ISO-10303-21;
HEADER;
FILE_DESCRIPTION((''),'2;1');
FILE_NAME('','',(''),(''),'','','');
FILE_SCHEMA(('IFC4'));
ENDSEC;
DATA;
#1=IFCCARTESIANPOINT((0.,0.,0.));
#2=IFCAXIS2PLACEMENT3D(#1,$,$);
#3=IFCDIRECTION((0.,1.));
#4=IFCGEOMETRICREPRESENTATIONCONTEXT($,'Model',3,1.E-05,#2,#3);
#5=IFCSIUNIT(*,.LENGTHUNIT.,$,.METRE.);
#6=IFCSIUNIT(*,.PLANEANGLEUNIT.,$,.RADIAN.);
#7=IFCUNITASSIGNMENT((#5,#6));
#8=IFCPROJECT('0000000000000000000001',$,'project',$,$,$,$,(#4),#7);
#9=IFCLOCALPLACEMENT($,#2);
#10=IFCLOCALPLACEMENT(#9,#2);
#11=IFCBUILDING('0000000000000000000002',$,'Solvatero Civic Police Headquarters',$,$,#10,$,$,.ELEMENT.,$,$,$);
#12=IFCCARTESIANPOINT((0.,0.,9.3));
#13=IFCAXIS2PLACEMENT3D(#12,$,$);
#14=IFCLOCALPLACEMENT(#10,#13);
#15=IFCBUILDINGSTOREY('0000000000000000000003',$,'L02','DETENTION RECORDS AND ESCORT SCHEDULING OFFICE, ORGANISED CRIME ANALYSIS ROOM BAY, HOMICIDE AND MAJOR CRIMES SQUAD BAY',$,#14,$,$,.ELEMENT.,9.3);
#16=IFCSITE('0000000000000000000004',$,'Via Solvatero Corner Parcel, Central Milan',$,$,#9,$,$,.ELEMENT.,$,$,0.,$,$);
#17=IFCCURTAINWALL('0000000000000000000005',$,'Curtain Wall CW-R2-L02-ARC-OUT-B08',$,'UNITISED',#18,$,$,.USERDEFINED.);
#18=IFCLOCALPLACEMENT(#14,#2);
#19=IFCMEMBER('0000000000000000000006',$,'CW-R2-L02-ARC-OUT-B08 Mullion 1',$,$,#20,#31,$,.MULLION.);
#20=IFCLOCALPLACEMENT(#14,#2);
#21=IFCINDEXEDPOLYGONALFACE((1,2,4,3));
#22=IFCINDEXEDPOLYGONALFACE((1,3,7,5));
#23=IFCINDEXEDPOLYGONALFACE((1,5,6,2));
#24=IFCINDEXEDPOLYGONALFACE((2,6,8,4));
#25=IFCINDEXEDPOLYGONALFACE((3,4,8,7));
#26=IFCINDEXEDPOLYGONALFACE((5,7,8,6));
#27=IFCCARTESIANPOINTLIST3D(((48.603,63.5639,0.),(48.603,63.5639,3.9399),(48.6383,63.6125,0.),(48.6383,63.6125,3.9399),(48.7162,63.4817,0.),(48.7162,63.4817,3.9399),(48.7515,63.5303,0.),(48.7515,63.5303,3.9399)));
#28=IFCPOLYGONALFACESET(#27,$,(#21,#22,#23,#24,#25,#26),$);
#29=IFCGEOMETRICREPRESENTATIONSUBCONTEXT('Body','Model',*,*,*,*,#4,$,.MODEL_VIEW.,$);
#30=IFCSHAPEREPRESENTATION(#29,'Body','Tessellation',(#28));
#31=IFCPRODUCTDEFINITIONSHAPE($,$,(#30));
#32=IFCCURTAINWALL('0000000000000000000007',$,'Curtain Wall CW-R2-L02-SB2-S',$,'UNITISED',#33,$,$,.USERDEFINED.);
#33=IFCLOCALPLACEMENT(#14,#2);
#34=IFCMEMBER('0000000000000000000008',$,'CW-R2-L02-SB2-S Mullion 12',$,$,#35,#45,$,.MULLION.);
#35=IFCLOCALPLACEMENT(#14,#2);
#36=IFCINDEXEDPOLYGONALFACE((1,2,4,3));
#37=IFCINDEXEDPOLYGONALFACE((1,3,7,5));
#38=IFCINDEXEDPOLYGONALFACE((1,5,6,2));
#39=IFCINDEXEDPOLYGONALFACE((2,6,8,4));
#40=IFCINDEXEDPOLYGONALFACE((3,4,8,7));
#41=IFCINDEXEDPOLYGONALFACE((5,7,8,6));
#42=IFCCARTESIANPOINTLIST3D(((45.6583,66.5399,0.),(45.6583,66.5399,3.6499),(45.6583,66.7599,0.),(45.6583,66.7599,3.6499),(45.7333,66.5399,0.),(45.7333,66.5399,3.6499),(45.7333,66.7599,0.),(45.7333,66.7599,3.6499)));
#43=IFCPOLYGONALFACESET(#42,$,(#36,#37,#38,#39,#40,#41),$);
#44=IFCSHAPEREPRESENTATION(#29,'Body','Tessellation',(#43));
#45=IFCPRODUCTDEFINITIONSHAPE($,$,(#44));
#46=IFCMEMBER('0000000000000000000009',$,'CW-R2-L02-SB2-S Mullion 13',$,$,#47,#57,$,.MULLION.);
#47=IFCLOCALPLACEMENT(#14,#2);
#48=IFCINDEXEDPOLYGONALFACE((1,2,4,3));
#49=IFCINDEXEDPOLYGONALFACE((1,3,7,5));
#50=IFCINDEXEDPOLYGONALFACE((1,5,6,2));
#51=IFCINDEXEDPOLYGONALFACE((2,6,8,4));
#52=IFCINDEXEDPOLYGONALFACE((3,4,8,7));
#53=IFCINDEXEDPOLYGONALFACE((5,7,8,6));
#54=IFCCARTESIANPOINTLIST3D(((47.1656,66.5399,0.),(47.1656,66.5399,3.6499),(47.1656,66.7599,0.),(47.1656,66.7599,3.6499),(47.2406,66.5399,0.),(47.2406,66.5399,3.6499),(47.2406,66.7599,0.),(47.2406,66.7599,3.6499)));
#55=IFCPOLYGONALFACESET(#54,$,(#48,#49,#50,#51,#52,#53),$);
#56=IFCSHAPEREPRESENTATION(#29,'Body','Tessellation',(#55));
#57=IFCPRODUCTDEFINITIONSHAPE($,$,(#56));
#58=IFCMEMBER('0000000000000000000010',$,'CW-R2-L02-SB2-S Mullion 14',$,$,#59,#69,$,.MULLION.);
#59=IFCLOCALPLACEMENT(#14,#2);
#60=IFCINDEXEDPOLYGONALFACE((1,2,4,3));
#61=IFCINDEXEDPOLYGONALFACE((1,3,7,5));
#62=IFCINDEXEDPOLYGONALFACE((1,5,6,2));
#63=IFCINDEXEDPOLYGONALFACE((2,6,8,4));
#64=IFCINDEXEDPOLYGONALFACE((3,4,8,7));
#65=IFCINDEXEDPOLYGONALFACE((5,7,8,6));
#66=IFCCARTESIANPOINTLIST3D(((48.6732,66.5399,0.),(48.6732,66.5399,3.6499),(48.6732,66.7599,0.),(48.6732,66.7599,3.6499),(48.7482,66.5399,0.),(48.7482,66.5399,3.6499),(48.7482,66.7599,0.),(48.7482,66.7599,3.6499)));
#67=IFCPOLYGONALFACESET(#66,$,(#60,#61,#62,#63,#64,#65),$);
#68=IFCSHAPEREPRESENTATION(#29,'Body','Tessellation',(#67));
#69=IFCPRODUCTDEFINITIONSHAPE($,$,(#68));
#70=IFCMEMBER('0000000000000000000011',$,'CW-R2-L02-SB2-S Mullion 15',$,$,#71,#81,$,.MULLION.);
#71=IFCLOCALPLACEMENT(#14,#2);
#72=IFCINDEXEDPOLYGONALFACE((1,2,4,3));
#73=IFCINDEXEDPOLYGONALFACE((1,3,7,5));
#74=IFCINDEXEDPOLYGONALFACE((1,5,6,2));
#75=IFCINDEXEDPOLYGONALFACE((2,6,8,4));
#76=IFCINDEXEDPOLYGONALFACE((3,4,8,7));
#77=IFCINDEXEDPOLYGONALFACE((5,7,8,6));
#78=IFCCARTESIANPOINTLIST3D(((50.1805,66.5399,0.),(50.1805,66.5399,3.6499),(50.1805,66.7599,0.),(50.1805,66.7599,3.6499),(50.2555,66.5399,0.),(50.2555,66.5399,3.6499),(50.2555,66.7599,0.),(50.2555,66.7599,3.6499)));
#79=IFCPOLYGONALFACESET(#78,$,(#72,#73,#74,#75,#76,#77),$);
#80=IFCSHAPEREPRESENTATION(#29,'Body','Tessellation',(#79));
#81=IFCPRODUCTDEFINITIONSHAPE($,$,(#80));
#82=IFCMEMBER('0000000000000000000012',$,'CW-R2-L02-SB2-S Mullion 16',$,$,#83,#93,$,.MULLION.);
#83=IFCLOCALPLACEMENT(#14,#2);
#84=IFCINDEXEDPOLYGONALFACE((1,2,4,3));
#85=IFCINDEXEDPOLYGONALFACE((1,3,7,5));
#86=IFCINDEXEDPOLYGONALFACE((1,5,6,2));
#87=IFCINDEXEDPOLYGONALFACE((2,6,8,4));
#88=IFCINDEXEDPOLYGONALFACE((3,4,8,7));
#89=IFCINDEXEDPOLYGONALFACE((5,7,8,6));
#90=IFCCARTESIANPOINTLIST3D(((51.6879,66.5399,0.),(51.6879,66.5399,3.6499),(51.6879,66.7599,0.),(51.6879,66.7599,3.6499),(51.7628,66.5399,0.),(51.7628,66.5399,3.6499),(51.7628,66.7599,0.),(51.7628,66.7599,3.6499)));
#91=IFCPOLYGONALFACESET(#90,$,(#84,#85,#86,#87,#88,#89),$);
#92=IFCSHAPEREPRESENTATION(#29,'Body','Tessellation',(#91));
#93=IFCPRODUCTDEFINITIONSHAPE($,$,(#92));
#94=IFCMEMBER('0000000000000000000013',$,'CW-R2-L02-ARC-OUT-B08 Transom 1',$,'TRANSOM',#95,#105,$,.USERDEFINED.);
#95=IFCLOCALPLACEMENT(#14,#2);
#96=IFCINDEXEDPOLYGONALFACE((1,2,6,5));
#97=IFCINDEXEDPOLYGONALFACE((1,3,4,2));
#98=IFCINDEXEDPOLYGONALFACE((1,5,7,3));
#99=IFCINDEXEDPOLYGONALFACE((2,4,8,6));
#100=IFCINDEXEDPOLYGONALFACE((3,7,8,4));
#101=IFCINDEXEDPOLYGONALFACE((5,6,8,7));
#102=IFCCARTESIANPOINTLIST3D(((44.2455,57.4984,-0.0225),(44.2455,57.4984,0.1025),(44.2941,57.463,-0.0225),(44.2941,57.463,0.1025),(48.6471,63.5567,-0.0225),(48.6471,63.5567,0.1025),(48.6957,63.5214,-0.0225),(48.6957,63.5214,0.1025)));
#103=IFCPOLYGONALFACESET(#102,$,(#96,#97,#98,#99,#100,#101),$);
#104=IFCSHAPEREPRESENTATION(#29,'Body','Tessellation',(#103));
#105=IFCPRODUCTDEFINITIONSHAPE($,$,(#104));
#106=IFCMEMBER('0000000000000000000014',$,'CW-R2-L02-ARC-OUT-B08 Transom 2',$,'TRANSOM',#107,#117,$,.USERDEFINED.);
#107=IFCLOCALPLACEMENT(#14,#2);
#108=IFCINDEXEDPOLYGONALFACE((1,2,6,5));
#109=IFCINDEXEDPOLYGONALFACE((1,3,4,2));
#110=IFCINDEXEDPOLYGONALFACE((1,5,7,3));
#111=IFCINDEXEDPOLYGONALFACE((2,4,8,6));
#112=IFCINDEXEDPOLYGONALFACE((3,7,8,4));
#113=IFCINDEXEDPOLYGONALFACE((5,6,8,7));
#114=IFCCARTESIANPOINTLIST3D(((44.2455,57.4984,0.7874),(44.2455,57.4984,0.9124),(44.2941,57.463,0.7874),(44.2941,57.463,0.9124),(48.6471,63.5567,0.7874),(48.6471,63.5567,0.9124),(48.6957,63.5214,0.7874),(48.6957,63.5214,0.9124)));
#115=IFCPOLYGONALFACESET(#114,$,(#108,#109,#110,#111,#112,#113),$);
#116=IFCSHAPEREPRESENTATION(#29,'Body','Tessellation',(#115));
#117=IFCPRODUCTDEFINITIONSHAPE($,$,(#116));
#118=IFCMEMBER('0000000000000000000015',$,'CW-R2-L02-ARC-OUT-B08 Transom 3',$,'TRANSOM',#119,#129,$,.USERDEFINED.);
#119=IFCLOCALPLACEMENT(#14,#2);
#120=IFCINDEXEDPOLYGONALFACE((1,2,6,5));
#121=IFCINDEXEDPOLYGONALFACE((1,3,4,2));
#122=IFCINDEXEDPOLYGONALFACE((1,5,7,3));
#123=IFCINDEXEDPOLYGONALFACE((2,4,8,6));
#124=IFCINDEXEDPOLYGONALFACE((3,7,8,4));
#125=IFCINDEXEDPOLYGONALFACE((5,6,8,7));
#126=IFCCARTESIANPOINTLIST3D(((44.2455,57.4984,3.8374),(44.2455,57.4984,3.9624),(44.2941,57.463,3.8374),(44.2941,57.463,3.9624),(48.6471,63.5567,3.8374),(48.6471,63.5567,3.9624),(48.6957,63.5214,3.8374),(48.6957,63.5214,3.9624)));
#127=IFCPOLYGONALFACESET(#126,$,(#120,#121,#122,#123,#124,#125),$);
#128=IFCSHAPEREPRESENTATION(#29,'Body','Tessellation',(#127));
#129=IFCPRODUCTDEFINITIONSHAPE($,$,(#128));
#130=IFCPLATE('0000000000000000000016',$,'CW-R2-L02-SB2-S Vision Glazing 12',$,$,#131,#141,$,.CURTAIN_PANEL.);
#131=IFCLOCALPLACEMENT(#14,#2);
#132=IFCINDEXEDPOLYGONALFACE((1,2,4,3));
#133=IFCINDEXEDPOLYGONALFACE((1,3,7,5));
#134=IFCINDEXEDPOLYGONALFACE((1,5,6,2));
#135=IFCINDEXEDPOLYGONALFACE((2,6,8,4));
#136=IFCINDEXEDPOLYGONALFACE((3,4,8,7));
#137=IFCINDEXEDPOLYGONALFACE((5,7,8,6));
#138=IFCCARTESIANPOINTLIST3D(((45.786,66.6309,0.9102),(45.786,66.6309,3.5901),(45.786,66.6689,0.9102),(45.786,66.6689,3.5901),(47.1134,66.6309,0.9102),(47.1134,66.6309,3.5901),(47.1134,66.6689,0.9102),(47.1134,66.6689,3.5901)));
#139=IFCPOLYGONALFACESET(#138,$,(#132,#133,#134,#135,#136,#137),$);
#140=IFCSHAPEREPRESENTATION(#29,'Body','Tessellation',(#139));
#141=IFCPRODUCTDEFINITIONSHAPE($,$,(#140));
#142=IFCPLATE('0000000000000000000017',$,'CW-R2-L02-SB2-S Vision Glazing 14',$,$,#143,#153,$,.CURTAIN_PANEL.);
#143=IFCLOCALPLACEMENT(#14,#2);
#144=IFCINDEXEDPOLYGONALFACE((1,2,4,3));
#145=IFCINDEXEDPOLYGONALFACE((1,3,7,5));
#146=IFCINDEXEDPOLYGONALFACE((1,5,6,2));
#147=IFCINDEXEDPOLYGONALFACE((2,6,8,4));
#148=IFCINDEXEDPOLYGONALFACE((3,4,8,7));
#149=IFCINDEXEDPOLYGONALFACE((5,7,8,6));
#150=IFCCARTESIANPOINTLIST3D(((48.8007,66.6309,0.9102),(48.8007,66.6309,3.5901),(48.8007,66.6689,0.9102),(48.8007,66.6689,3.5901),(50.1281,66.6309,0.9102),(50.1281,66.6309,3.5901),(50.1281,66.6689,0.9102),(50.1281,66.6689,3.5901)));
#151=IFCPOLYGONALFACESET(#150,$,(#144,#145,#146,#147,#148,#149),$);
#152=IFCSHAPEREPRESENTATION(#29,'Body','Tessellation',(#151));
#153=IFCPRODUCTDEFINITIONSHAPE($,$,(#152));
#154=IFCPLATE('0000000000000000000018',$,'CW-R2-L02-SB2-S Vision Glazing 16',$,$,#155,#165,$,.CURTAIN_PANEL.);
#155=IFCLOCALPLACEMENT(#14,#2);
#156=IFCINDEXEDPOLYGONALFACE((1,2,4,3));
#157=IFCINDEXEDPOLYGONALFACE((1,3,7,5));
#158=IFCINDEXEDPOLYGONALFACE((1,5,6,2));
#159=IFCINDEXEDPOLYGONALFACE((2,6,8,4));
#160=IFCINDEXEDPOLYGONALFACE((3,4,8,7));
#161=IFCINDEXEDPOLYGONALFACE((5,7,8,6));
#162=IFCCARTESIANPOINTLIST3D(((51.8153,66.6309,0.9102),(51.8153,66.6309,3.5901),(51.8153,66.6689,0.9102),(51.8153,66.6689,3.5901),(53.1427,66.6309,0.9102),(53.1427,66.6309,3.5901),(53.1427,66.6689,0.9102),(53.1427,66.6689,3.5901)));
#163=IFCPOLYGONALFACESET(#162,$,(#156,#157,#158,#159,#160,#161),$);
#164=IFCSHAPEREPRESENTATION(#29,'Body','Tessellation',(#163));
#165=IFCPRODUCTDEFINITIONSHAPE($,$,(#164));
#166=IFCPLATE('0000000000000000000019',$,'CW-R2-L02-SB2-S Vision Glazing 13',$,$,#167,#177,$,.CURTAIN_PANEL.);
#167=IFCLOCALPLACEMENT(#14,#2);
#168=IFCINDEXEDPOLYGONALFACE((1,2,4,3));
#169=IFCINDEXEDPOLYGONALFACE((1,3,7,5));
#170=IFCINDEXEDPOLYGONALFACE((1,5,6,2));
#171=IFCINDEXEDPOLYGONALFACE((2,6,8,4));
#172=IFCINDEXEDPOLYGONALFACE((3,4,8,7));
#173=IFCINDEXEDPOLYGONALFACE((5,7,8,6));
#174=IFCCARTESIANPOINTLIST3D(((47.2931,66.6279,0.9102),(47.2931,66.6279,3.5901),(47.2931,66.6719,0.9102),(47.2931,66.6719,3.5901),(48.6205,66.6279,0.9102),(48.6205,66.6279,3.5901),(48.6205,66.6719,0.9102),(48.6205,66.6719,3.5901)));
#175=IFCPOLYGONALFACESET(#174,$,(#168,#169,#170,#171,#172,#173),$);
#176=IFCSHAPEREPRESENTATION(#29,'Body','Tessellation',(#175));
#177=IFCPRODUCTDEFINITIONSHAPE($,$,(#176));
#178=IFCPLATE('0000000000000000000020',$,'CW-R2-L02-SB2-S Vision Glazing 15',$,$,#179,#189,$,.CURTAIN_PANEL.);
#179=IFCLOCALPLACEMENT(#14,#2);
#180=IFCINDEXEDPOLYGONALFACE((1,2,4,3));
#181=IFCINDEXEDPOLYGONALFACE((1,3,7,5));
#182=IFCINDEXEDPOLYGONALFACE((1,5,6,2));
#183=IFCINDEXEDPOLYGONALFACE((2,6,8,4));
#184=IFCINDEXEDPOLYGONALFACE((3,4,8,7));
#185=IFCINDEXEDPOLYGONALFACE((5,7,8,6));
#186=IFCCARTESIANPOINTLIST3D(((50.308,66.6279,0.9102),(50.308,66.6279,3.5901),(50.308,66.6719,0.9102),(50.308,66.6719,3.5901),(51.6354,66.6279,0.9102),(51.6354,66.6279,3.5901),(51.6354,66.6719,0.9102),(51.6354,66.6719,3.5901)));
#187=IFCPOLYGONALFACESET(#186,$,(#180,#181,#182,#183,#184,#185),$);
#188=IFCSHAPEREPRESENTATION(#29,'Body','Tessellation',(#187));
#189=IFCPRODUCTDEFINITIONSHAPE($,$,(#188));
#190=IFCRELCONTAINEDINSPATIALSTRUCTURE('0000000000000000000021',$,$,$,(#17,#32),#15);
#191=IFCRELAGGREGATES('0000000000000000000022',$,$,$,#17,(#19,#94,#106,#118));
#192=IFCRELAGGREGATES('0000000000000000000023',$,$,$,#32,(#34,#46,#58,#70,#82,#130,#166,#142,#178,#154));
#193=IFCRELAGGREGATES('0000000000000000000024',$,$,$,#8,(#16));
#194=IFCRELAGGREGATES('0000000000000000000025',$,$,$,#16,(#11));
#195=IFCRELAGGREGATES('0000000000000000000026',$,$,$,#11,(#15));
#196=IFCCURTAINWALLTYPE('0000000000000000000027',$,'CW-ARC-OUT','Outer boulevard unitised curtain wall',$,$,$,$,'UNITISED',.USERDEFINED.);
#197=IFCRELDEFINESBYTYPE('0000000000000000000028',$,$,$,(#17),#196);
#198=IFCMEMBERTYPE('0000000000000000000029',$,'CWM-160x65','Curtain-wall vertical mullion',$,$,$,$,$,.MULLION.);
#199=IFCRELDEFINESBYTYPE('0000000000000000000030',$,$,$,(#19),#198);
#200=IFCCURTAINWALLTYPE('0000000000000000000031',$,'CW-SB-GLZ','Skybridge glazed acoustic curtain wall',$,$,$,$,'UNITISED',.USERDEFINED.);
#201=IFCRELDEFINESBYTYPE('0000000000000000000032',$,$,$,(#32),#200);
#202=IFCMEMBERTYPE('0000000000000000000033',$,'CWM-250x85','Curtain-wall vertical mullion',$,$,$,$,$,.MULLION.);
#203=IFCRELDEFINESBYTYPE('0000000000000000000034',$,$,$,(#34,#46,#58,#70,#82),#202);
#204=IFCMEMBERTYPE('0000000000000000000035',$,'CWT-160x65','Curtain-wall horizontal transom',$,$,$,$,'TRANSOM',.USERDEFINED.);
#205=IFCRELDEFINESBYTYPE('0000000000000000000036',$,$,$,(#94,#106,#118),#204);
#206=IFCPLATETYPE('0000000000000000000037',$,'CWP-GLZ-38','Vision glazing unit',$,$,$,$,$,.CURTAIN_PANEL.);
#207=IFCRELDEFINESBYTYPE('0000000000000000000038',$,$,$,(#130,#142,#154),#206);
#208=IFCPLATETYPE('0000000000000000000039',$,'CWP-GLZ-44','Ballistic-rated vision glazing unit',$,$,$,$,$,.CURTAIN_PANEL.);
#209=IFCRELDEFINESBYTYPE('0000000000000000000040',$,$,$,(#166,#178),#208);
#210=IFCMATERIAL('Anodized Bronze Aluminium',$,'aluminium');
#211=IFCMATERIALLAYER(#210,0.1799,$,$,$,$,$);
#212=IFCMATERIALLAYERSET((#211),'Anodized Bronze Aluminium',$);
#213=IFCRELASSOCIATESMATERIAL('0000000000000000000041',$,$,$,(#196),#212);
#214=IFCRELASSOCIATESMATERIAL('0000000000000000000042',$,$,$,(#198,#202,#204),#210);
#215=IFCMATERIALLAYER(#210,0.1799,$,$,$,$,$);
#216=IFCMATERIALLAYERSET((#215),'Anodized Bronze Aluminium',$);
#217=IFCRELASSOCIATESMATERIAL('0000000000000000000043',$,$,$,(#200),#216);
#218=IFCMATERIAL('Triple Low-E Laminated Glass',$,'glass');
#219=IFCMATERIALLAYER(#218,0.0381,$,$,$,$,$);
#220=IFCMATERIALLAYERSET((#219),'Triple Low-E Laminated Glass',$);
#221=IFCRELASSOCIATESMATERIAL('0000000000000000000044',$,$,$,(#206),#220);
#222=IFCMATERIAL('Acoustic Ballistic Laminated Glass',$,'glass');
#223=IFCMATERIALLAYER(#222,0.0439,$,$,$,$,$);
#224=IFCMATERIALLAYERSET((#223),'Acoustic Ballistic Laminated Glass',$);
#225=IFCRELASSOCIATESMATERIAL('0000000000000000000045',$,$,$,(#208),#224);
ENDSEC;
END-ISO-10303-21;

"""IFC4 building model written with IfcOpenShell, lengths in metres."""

from ifc_helpers import new_model, si_unit, direction, frame, origin, origin_2d, place, context, subcontext, project, spatial, rectangle, extrude, material, layer, layer_set, material_profile, profile_set, type_object, element, aggregate, save


model = new_model("IFC4")

# Units and contexts
model_context = context("Model", 3, precision=1e-05, world=origin(), true_north=direction((0.0, 1.0)))
body_context = subcontext(model_context, "Body", "Model", "MODEL_VIEW")
ifc_project = project(units=[si_unit("LENGTHUNIT", "METRE"), si_unit("PLANEANGLEUNIT", "RADIAN")], contexts=[model_context])

# Site, building, storey
site_placement = place(None, origin())
site = spatial("IfcSite", under=ifc_project, at=site_placement, Name="Via Solvatero Corner Parcel, Central Milan", CompositionType="ELEMENT", RefElevation=0.0)
building_placement = place(site_placement, origin())
building = spatial("IfcBuilding", under=site, at=building_placement, Name="Solvatero Civic Police Headquarters", CompositionType="ELEMENT")
storey_placement = place(building_placement, frame((0.0, 0.0, 9.3)))
storey = spatial("IfcBuildingStorey", under=building, at=storey_placement, Name="L02", Description="DETENTION RECORDS AND ESCORT SCHEDULING OFFICE, ORGANISED CRIME ANALYSIS ROOM BAY, HOMICIDE AND MAJOR CRIMES SQUAD BAY", CompositionType="ELEMENT", Elevation=9.3)

# Curtain wall, member
ifc_material_1 = material(Name="Anodized Bronze Aluminium", Category="aluminium")
ifc_layer_1 = layer(ifc_material_1, 0.1799)
ifc_layer_set_1 = layer_set([ifc_layer_1], Name="Anodized Bronze Aluminium")
curtain_wall_type_1 = type_object("IfcCurtainWallType", Name="CW-ARC-OUT", Description="Outer boulevard unitised curtain wall", ElementType="UNITISED", PredefinedType="USERDEFINED", material=ifc_layer_set_1)
curtain_wall_1_placement = place(storey_placement, origin())
curtain_wall_1 = element("IfcCurtainWall", 1, at=curtain_wall_1_placement, inside=storey, type_object=curtain_wall_type_1, Name="Curtain Wall CW-R2-L02-ARC-OUT-B08", ObjectType="UNITISED", PredefinedType="USERDEFINED")
ifc_material_profile_1 = material_profile(ifc_material_1, rectangle(XDim=0.0601, YDim=0.1399, at=origin_2d()), Name="ALU MULLION 60x140")
ifc_profile_set_1 = profile_set([ifc_material_profile_1], Name="Anodized Bronze Aluminium")
member_type_1 = type_object("IfcMemberType", Name="CWM-160x65", Description="Curtain-wall vertical mullion", PredefinedType="MULLION", material=ifc_profile_set_1)
member_1_placement = place(storey_placement, frame((48.6772, 63.5471, 0.0), z_axis=(0.0, 0.0, 1.0), x_axis=(-0.587771, -0.809027, 0.0)))
member_1 = element("IfcMember", 2, at=member_1_placement, type_object=member_type_1, Name="CW-R2-L02-ARC-OUT-B08 Mullion 1", PredefinedType="MULLION", context=body_context, shape_type="SweptSolid", body=[
    extrude(rectangle(XDim=0.0601, YDim=0.1399, at=origin_2d()), origin(), (0.0, 0.0, 1.0), 3.9399),
])

# Curtain wall, members
ifc_layer_2 = layer(ifc_material_1, 0.1799)
ifc_layer_set_2 = layer_set([ifc_layer_2], Name="Anodized Bronze Aluminium")
curtain_wall_type_2 = type_object("IfcCurtainWallType", Name="CW-SB-GLZ", Description="Skybridge glazed acoustic curtain wall", ElementType="UNITISED", PredefinedType="USERDEFINED", material=ifc_layer_set_2)
curtain_wall_2_placement = place(storey_placement, origin())
curtain_wall_2 = element("IfcCurtainWall", 3, at=curtain_wall_2_placement, inside=storey, type_object=curtain_wall_type_2, Name="Curtain Wall CW-R2-L02-SB2-S", ObjectType="UNITISED", PredefinedType="USERDEFINED")
ifc_material_profile_2 = material_profile(ifc_material_1, rectangle(XDim=0.075, YDim=0.22, at=origin_2d()), Name="ALU MULLION 75x220")
ifc_profile_set_2 = profile_set([ifc_material_profile_2], Name="Anodized Bronze Aluminium")
member_type_2 = type_object("IfcMemberType", Name="CWM-250x85", Description="Curtain-wall vertical mullion", PredefinedType="MULLION", material=ifc_profile_set_2)
member_2_placement = place(storey_placement, frame((45.6958, 66.6499, 0.0), z_axis=(0.0, 0.0, 1.0), x_axis=(1.0, 0.0, 0.0)))
member_2 = element("IfcMember", 4, at=member_2_placement, type_object=member_type_2, Name="CW-R2-L02-SB2-S Mullion 12", PredefinedType="MULLION", context=body_context, shape_type="SweptSolid", body=[
    extrude(rectangle(XDim=0.075, YDim=0.22, at=origin_2d()), origin(), (0.0, 0.0, 1.0), 3.6499),
])
member_3_placement = place(storey_placement, frame((47.2031, 66.6499, 0.0), z_axis=(0.0, 0.0, 1.0), x_axis=(1.0, 0.0, 0.0)))
member_3 = element("IfcMember", 5, at=member_3_placement, type_object=member_type_2, Name="CW-R2-L02-SB2-S Mullion 13", PredefinedType="MULLION", context=body_context, shape_type="SweptSolid", body=[
    extrude(rectangle(XDim=0.075, YDim=0.22, at=origin_2d()), origin(), (0.0, 0.0, 1.0), 3.6499),
])
member_4_placement = place(storey_placement, frame((48.7107, 66.6499, 0.0), z_axis=(0.0, 0.0, 1.0), x_axis=(1.0, 0.0, 0.0)))
member_4 = element("IfcMember", 6, at=member_4_placement, type_object=member_type_2, Name="CW-R2-L02-SB2-S Mullion 14", PredefinedType="MULLION", context=body_context, shape_type="SweptSolid", body=[
    extrude(rectangle(XDim=0.075, YDim=0.22, at=origin_2d()), origin(), (0.0, 0.0, 1.0), 3.6499),
])
member_5_placement = place(storey_placement, frame((50.218, 66.6499, 0.0), z_axis=(0.0, 0.0, 1.0), x_axis=(1.0, 0.0, 0.0)))
member_5 = element("IfcMember", 7, at=member_5_placement, type_object=member_type_2, Name="CW-R2-L02-SB2-S Mullion 15", PredefinedType="MULLION", context=body_context, shape_type="SweptSolid", body=[
    extrude(rectangle(XDim=0.075, YDim=0.22, at=origin_2d()), origin(), (0.0, 0.0, 1.0), 3.6499),
])
member_6_placement = place(storey_placement, frame((51.7253, 66.6499, 0.0), z_axis=(0.0, 0.0, 1.0), x_axis=(1.0, 0.0, 0.0)))
member_6 = element("IfcMember", 8, at=member_6_placement, type_object=member_type_2, Name="CW-R2-L02-SB2-S Mullion 16", PredefinedType="MULLION", context=body_context, shape_type="SweptSolid", body=[
    extrude(rectangle(XDim=0.075, YDim=0.22, at=origin_2d()), origin(), (0.0, 0.0, 1.0), 3.6499),
])

# Members
ifc_material_profile_3 = material_profile(ifc_material_1, rectangle(XDim=0.0601, YDim=0.125, at=origin_2d()), Name="ALU TRANSOM 60x125")
ifc_profile_set_3 = profile_set([ifc_material_profile_3], Name="Anodized Bronze Aluminium")
member_type_3 = type_object("IfcMemberType", Name="CWT-160x65", Description="Curtain-wall horizontal transom", ElementType="TRANSOM", PredefinedType="USERDEFINED", material=ifc_profile_set_3)
member_7_placement = place(storey_placement, frame((48.6714, 63.5391, 0.04), z_axis=(-0.587782, -0.809019, 0.0), x_axis=(0.809019, -0.587782, 0.0)))
member_7 = element("IfcMember", 9, at=member_7_placement, type_object=member_type_3, Name="CW-R2-L02-ARC-OUT-B08 Transom 1", ObjectType="TRANSOM", PredefinedType="USERDEFINED", context=body_context, shape_type="SweptSolid", body=[
    extrude(rectangle(XDim=0.0601, YDim=0.125, at=origin_2d()), origin(), (0.0, 0.0, 1.0), 7.4885),
])
member_8_placement = place(storey_placement, frame((48.6714, 63.5391, 0.8499), z_axis=(-0.587782, -0.809019, 0.0), x_axis=(0.809019, -0.587782, 0.0)))
member_8 = element("IfcMember", 10, at=member_8_placement, type_object=member_type_3, Name="CW-R2-L02-ARC-OUT-B08 Transom 2", ObjectType="TRANSOM", PredefinedType="USERDEFINED", context=body_context, shape_type="SweptSolid", body=[
    extrude(rectangle(XDim=0.0601, YDim=0.125, at=origin_2d()), origin(), (0.0, 0.0, 1.0), 7.4885),
])
member_9_placement = place(storey_placement, frame((48.6714, 63.5391, 3.8999), z_axis=(-0.587782, -0.809019, 0.0), x_axis=(0.809019, -0.587782, 0.0)))
member_9 = element("IfcMember", 11, at=member_9_placement, type_object=member_type_3, Name="CW-R2-L02-ARC-OUT-B08 Transom 3", ObjectType="TRANSOM", PredefinedType="USERDEFINED", context=body_context, shape_type="SweptSolid", body=[
    extrude(rectangle(XDim=0.0601, YDim=0.125, at=origin_2d()), origin(), (0.0, 0.0, 1.0), 7.4885),
])
aggregate(curtain_wall_1, [member_1, member_7, member_8, member_9])

# Plates
ifc_material_2 = material(Name="Triple Low-E Laminated Glass", Category="glass")
ifc_layer_3 = layer(ifc_material_2, 0.0381)
ifc_layer_set_3 = layer_set([ifc_layer_3], Name="Triple Low-E Laminated Glass")
plate_type_1 = type_object("IfcPlateType", Name="CWP-GLZ-38", Description="Vision glazing unit", PredefinedType="CURTAIN_PANEL", material=ifc_layer_set_3)
plate_1_placement = place(storey_placement, frame((46.4497, 66.6499, 0.9102), z_axis=(0.0, 0.0, 1.0), x_axis=(1.0, 0.0, 0.0)))
plate_1 = element("IfcPlate", 12, at=plate_1_placement, type_object=plate_type_1, Name="CW-R2-L02-SB2-S Vision Glazing 12", PredefinedType="CURTAIN_PANEL", context=body_context, shape_type="SweptSolid", body=[
    extrude(rectangle(XDim=1.3274, YDim=0.0381, at=origin_2d()), origin(), (0.0, 0.0, 1.0), 2.6799),
])
plate_2_placement = place(storey_placement, frame((49.4644, 66.6499, 0.9102), z_axis=(0.0, 0.0, 1.0), x_axis=(1.0, 0.0, 0.0)))
plate_2 = element("IfcPlate", 13, at=plate_2_placement, type_object=plate_type_1, Name="CW-R2-L02-SB2-S Vision Glazing 14", PredefinedType="CURTAIN_PANEL", context=body_context, shape_type="SweptSolid", body=[
    extrude(rectangle(XDim=1.3274, YDim=0.0381, at=origin_2d()), origin(), (0.0, 0.0, 1.0), 2.6799),
])
plate_3_placement = place(storey_placement, frame((52.479, 66.6499, 0.9102), z_axis=(0.0, 0.0, 1.0), x_axis=(1.0, 0.0, 0.0)))
plate_3 = element("IfcPlate", 14, at=plate_3_placement, type_object=plate_type_1, Name="CW-R2-L02-SB2-S Vision Glazing 16", PredefinedType="CURTAIN_PANEL", context=body_context, shape_type="SweptSolid", body=[
    extrude(rectangle(XDim=1.3274, YDim=0.0381, at=origin_2d()), origin(), (0.0, 0.0, 1.0), 2.6799),
])
ifc_material_3 = material(Name="Acoustic Ballistic Laminated Glass", Category="glass")
ifc_layer_4 = layer(ifc_material_3, 0.0439)
ifc_layer_set_4 = layer_set([ifc_layer_4], Name="Acoustic Ballistic Laminated Glass")
plate_type_2 = type_object("IfcPlateType", Name="CWP-GLZ-44", Description="Ballistic-rated vision glazing unit", PredefinedType="CURTAIN_PANEL", material=ifc_layer_set_4)
plate_4_placement = place(storey_placement, frame((47.9568, 66.6499, 0.9102), z_axis=(0.0, 0.0, 1.0), x_axis=(1.0, 0.0, 0.0)))
plate_4 = element("IfcPlate", 15, at=plate_4_placement, type_object=plate_type_2, Name="CW-R2-L02-SB2-S Vision Glazing 13", PredefinedType="CURTAIN_PANEL", context=body_context, shape_type="SweptSolid", body=[
    extrude(rectangle(XDim=1.3274, YDim=0.0439, at=origin_2d()), origin(), (0.0, 0.0, 1.0), 2.6799),
])
plate_5_placement = place(storey_placement, frame((50.9717, 66.6499, 0.9102), z_axis=(0.0, 0.0, 1.0), x_axis=(1.0, 0.0, 0.0)))
plate_5 = element("IfcPlate", 16, at=plate_5_placement, type_object=plate_type_2, Name="CW-R2-L02-SB2-S Vision Glazing 15", PredefinedType="CURTAIN_PANEL", context=body_context, shape_type="SweptSolid", body=[
    extrude(rectangle(XDim=1.3274, YDim=0.0439, at=origin_2d()), origin(), (0.0, 0.0, 1.0), 2.6799),
])
aggregate(curtain_wall_2, [member_2, member_3, member_4, member_5, member_6, plate_1, plate_4, plate_2, plate_5, plate_3])

save(model, "model.ifc")
